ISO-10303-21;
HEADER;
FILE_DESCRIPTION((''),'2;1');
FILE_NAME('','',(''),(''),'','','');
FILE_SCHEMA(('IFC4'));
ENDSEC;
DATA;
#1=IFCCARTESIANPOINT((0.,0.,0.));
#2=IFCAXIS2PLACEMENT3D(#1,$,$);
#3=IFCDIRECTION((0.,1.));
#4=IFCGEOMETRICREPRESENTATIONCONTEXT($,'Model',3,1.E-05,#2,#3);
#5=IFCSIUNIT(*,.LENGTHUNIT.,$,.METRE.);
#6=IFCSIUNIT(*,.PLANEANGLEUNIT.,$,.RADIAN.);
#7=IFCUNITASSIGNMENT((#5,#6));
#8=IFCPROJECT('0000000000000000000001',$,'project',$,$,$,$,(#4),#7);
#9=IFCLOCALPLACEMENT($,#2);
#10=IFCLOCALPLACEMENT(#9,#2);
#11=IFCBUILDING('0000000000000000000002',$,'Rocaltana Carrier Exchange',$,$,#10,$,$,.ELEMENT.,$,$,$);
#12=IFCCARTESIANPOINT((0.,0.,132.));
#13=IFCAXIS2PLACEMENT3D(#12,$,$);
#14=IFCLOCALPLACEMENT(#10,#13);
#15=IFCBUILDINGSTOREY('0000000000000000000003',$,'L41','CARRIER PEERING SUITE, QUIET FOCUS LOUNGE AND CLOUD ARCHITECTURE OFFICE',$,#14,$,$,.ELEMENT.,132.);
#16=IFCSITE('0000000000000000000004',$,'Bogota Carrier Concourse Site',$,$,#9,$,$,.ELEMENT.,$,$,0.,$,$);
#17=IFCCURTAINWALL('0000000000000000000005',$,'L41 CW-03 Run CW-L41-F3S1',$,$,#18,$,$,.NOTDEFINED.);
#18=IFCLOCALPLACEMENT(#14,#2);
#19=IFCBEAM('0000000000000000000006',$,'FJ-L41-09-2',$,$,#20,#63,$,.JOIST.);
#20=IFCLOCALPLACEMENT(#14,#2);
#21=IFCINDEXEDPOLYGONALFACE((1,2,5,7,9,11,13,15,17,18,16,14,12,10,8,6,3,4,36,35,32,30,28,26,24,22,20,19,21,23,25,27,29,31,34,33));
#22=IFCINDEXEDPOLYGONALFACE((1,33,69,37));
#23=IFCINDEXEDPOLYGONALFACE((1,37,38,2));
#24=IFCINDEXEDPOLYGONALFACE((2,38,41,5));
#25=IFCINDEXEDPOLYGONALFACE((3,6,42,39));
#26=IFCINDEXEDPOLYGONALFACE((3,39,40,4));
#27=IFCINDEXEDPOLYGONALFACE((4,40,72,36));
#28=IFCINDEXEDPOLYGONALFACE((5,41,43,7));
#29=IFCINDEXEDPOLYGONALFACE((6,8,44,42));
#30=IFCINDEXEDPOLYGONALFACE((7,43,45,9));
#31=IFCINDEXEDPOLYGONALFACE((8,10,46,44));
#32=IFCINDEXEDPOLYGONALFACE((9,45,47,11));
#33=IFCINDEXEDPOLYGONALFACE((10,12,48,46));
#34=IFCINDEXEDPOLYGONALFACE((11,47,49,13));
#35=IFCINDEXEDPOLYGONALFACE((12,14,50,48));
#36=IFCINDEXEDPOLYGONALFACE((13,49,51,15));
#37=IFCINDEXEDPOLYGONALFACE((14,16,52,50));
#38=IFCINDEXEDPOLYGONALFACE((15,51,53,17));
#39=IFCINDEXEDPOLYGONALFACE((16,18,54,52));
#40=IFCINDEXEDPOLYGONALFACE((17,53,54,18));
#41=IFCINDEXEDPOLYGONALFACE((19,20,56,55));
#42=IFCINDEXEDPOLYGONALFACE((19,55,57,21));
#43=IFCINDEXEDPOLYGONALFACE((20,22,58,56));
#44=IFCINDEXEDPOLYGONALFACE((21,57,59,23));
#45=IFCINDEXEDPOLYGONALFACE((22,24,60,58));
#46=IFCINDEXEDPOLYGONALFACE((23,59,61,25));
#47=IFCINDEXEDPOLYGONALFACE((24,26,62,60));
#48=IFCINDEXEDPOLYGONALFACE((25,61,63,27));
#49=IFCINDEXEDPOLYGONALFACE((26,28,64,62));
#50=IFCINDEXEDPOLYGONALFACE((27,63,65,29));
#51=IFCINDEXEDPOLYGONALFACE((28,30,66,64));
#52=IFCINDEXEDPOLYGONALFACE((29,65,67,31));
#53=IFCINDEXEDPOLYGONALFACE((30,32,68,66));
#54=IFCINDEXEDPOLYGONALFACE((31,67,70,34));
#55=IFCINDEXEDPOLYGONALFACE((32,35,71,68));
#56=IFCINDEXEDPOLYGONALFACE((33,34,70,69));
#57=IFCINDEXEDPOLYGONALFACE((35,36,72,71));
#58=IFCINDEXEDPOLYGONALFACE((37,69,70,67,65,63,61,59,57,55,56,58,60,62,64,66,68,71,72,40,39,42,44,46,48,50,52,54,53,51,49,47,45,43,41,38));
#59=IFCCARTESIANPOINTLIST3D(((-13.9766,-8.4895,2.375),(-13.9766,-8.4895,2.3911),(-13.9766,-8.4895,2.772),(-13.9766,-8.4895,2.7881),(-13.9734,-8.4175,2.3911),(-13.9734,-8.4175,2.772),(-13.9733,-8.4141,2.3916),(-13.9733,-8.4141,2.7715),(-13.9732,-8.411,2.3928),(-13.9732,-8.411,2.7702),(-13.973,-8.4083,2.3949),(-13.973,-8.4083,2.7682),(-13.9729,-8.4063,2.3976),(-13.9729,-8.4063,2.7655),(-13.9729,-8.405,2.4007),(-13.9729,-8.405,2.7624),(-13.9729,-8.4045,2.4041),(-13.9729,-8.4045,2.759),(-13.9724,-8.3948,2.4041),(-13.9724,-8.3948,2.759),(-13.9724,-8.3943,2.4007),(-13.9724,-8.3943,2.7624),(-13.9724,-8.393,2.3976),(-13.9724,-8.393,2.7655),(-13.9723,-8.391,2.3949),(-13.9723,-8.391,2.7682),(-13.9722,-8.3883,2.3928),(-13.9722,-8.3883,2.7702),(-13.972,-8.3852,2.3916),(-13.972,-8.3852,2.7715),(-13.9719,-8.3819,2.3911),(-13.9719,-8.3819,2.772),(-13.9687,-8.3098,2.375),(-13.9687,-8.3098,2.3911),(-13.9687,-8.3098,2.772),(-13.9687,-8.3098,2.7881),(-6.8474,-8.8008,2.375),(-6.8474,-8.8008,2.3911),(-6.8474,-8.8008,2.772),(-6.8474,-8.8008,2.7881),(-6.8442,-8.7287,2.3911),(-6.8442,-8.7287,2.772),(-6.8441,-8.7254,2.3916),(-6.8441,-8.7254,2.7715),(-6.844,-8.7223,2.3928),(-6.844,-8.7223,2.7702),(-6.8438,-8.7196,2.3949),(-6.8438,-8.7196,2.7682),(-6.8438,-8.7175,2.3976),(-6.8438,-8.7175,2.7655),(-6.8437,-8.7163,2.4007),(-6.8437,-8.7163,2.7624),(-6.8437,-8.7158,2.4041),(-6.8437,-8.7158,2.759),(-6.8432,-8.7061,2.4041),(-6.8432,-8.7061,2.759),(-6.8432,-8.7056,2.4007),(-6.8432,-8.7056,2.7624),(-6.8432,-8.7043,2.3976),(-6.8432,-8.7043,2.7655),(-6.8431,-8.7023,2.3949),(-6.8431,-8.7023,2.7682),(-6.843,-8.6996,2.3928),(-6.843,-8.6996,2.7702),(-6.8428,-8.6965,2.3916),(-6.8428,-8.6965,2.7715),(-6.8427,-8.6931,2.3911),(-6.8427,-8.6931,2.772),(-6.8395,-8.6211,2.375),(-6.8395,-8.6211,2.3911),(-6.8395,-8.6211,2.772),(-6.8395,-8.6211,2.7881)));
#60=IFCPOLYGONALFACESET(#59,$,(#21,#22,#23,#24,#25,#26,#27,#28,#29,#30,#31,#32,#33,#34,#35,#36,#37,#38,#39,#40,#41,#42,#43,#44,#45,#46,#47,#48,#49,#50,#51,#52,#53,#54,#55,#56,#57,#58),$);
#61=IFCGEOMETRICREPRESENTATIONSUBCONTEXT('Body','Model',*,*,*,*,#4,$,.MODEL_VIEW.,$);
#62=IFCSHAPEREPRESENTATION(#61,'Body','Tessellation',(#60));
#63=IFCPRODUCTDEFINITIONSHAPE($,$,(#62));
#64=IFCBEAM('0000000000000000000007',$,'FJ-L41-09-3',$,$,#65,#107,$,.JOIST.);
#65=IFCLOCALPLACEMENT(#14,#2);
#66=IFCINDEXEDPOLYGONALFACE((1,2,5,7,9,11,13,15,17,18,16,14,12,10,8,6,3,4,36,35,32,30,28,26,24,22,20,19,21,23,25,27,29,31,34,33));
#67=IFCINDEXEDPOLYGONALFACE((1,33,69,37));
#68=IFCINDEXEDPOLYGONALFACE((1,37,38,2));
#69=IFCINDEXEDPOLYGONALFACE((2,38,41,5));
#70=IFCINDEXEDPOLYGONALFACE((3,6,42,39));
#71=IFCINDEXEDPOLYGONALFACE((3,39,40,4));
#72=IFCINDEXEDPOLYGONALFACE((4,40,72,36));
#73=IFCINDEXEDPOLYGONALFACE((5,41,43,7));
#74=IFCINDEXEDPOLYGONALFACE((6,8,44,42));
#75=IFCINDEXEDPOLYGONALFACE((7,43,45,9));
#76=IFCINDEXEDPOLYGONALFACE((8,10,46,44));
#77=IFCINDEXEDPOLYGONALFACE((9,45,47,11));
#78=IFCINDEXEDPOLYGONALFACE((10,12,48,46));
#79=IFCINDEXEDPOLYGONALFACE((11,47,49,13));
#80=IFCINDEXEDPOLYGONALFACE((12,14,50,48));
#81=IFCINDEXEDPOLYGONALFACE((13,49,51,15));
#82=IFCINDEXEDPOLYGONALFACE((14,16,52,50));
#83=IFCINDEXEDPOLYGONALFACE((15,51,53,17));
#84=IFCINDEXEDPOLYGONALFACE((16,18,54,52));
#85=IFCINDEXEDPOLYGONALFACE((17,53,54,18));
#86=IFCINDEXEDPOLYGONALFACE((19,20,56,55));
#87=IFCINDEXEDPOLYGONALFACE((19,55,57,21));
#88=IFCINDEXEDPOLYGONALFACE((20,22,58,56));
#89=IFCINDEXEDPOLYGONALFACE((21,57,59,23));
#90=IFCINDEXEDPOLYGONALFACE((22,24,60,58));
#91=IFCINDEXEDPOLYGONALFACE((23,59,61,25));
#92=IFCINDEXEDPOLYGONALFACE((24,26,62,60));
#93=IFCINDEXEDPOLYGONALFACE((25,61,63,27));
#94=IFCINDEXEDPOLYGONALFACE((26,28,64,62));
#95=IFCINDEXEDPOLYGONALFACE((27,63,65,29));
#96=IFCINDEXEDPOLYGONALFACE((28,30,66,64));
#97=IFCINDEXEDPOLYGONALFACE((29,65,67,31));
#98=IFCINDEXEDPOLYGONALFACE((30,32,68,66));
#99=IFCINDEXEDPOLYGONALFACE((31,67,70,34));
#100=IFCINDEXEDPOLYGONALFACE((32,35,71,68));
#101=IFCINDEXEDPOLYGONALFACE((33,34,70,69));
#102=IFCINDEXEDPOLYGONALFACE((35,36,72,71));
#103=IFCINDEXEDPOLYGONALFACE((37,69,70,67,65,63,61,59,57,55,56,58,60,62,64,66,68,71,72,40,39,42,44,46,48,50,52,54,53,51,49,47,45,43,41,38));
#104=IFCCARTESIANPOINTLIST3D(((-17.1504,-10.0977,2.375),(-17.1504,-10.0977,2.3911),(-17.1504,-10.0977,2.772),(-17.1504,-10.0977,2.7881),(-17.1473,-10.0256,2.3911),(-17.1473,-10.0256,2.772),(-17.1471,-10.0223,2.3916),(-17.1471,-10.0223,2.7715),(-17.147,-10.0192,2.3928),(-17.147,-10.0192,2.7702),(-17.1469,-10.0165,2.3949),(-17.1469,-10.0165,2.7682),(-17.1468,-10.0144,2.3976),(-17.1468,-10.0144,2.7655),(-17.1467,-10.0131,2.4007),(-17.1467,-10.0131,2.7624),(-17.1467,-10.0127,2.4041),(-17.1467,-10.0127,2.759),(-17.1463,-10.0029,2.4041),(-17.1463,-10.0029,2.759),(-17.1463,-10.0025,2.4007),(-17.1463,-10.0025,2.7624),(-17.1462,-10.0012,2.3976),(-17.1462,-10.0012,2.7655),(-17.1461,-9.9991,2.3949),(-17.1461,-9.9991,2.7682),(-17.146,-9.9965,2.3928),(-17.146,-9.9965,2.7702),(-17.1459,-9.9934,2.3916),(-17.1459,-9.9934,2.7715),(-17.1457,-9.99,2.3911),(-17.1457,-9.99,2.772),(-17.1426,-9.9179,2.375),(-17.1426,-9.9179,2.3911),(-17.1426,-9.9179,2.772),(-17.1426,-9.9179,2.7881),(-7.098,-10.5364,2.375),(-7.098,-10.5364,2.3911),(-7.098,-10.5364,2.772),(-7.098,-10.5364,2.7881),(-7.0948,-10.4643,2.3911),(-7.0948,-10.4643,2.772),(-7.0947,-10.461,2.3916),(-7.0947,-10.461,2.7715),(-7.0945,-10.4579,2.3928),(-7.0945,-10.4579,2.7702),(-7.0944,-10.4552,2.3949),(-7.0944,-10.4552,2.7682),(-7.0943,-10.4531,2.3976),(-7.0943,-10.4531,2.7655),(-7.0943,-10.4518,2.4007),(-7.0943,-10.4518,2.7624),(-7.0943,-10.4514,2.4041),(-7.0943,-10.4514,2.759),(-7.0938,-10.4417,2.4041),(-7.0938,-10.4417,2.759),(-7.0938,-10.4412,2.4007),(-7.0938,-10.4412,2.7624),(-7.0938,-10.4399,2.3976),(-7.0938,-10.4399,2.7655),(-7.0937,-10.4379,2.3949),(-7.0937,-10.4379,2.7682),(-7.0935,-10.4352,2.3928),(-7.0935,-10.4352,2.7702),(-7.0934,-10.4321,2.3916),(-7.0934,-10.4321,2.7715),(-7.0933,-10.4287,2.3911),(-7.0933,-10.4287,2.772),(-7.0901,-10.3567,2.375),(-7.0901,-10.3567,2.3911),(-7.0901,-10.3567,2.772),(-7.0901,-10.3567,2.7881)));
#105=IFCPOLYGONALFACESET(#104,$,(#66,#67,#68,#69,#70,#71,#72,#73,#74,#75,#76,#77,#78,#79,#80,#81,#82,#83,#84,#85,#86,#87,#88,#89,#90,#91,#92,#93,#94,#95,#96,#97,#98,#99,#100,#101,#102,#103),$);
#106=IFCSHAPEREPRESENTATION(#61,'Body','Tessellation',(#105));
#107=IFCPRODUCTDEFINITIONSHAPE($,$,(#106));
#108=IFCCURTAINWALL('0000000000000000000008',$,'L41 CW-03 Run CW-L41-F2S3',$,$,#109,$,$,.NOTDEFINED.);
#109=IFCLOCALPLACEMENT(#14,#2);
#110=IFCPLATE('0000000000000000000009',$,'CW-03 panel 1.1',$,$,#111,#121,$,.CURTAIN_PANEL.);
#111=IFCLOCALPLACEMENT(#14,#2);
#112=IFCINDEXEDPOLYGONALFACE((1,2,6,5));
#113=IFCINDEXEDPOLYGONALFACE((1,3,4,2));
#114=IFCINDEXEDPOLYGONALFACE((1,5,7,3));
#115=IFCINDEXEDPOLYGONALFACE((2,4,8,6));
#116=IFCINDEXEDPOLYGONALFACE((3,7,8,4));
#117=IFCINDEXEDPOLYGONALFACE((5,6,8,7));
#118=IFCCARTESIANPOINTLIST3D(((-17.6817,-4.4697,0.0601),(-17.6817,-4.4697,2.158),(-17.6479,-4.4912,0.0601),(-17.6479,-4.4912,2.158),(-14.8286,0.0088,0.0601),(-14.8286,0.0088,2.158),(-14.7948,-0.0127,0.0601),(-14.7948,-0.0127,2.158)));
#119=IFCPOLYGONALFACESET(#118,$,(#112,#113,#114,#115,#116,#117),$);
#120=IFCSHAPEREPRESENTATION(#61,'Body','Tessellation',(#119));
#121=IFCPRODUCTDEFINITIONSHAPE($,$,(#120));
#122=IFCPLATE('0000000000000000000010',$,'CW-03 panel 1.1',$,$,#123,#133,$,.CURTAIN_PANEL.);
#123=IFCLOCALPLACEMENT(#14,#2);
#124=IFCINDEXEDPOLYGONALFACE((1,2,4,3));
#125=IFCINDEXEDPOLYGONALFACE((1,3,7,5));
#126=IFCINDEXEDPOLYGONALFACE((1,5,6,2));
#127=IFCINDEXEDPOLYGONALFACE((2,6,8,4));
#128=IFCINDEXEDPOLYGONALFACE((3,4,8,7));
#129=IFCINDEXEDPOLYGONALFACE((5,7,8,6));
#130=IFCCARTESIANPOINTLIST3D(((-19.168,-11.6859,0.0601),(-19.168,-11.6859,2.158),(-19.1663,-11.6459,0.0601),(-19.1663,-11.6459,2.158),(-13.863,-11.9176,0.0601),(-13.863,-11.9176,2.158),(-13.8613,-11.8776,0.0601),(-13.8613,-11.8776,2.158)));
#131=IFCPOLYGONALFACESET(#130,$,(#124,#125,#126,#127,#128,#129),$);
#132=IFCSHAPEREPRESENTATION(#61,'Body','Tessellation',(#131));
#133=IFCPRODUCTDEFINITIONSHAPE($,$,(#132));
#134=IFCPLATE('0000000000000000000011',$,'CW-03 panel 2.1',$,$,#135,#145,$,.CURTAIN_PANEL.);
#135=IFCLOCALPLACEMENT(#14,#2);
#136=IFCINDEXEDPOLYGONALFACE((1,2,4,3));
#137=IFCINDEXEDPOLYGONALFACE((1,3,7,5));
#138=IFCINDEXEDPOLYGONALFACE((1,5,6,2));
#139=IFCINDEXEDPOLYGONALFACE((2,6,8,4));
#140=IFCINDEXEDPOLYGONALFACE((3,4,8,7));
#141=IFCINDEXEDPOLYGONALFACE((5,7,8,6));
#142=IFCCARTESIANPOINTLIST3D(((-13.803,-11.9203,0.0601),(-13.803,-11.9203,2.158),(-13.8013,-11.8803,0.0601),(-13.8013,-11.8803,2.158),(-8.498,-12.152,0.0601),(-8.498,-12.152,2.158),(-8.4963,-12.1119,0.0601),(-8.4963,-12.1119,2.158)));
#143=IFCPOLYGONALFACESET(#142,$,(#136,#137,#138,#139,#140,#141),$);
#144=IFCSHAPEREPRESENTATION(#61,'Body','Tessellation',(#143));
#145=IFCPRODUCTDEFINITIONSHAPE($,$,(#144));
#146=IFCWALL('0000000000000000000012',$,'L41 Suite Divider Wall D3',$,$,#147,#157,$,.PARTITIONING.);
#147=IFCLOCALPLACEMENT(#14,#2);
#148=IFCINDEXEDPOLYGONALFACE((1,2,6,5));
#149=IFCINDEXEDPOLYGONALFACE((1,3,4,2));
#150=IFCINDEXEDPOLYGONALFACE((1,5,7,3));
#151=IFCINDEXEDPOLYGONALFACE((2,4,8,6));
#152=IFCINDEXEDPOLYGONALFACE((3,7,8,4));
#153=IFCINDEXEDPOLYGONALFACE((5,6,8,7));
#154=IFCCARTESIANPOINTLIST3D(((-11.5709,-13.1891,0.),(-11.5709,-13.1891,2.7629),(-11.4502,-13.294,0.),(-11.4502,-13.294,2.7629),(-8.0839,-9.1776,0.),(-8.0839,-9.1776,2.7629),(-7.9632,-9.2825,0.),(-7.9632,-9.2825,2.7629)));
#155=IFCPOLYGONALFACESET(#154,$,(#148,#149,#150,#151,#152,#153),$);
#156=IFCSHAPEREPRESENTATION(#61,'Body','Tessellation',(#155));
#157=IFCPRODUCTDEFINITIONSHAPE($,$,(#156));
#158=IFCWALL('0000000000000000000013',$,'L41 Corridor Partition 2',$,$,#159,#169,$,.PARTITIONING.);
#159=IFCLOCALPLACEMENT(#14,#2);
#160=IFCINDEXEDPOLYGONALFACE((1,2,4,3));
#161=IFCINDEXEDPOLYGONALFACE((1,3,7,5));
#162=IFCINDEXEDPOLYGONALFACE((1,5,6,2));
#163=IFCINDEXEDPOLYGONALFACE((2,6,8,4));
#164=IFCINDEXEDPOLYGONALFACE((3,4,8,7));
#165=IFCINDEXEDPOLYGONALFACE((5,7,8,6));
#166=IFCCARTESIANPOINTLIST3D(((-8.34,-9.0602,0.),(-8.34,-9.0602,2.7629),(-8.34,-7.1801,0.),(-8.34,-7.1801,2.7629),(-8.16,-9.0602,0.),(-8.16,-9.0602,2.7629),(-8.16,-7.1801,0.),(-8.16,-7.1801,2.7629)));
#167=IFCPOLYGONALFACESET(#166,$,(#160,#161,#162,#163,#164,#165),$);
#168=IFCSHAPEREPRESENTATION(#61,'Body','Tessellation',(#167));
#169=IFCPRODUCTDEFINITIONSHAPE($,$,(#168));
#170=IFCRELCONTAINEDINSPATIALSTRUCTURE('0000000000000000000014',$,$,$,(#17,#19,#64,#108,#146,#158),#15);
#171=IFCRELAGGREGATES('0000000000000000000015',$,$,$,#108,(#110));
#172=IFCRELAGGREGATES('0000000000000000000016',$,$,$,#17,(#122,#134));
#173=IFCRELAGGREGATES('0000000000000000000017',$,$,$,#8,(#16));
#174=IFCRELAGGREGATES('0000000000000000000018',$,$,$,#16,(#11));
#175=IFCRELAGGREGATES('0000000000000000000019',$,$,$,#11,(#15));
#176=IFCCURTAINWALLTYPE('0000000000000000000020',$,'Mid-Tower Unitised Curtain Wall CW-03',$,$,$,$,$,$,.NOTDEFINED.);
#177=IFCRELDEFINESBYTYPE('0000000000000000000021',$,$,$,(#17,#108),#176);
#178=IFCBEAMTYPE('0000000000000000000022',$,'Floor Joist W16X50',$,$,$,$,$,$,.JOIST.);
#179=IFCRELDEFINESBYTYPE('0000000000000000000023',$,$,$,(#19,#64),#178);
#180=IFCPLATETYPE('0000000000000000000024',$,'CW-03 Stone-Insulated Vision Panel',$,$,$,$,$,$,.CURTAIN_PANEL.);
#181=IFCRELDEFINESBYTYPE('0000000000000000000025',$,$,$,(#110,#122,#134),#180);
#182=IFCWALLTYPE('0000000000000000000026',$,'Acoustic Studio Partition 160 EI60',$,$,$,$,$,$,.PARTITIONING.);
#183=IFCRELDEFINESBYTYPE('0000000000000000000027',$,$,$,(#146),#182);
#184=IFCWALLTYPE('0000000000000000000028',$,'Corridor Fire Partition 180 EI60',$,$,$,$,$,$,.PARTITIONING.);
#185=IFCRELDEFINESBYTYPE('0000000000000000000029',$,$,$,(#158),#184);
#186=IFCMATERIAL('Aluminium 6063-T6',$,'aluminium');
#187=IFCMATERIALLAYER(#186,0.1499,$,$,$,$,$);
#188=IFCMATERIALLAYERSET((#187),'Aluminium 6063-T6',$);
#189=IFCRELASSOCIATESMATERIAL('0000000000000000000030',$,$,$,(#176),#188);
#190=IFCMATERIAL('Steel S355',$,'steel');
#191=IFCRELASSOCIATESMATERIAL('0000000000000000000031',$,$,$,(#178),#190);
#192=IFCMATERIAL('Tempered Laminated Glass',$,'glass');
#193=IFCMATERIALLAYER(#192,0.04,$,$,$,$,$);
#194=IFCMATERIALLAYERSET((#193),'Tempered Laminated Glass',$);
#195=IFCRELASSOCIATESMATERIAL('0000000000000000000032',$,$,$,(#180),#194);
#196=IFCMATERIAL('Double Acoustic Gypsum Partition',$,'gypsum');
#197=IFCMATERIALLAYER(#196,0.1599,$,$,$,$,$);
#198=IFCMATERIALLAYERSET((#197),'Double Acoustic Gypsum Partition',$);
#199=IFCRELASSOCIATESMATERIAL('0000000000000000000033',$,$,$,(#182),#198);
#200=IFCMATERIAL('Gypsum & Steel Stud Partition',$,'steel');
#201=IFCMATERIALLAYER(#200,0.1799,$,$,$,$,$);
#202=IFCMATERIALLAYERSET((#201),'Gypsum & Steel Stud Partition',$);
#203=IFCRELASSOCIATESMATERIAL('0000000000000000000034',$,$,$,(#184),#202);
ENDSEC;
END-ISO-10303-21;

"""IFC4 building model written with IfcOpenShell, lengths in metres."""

from ifc_helpers import new_model, si_unit, direction, frame, frame_2d, origin, origin_2d, place, context, subcontext, project, spatial, rectangle, i_section, extrude, material, layer, layer_set, material_profile, profile_set, type_object, element, aggregate, save


model = new_model("IFC4")

# Units and contexts
model_context = context("Model", 3, precision=1e-05, world=origin(), true_north=direction((0.0, 1.0)))
body_context = subcontext(model_context, "Body", "Model", "MODEL_VIEW")
ifc_project = project(units=[si_unit("LENGTHUNIT", "METRE"), si_unit("PLANEANGLEUNIT", "RADIAN")], contexts=[model_context])

# Site, building, storey
site_placement = place(None, origin())
site = spatial("IfcSite", under=ifc_project, at=site_placement, Name="Bogota Carrier Concourse Site", CompositionType="ELEMENT", RefElevation=0.0)
building_placement = place(site_placement, origin())
building = spatial("IfcBuilding", under=site, at=building_placement, Name="Rocaltana Carrier Exchange", CompositionType="ELEMENT")
storey_placement = place(building_placement, frame((0.0, 0.0, 132.0)))
storey = spatial("IfcBuildingStorey", under=building, at=storey_placement, Name="L41", Description="CARRIER PEERING SUITE, QUIET FOCUS LOUNGE AND CLOUD ARCHITECTURE OFFICE", CompositionType="ELEMENT", Elevation=132.0)

# Curtain wall
ifc_material_1 = material(Name="Aluminium 6063-T6", Category="aluminium")
ifc_layer_1 = layer(ifc_material_1, 0.1499)
ifc_layer_set_1 = layer_set([ifc_layer_1], Name="Aluminium 6063-T6")
curtain_wall_type = type_object("IfcCurtainWallType", Name="Mid-Tower Unitised Curtain Wall CW-03", PredefinedType="NOTDEFINED", material=ifc_layer_set_1)
curtain_wall_1_placement = place(storey_placement, origin())
curtain_wall_1 = element("IfcCurtainWall", 1, at=curtain_wall_1_placement, inside=storey, type_object=curtain_wall_type, Name="L41 CW-03 Run CW-L41-F3S1", PredefinedType="NOTDEFINED")

# Beams
ifc_material_2 = material(Name="Steel S355", Category="steel")
ifc_material_profile_1 = material_profile(ifc_material_2, i_section(OverallWidth=0.1799, OverallDepth=0.4131, WebThickness=0.0098, FlangeThickness=0.0161, FilletRadius=0.0129, at=origin_2d()), Name="W16X50")
ifc_profile_set_1 = profile_set([ifc_material_profile_1], Name="Steel S355")
beam_type = type_object("IfcBeamType", Name="Floor Joist W16X50", PredefinedType="JOIST", material=ifc_profile_set_1)
beam_1_placement = place(storey_placement, frame((-13.9727, -8.3997, 2.5815), z_axis=(0.999048, -0.043621, 0.0), x_axis=(0.043621, 0.999048, 0.0)))
element("IfcBeam", 2, at=beam_1_placement, inside=storey, type_object=beam_type, Name="FJ-L41-09-2", PredefinedType="JOIST", context=body_context, shape_type="SweptSolid", body=[
    extrude(i_section(OverallWidth=0.1799, OverallDepth=0.4131, WebThickness=0.0098, FlangeThickness=0.0161, FilletRadius=0.0129, at=origin_2d()), origin(), (0.0, 0.0, 1.0), 7.136),
])
beam_2_placement = place(storey_placement, frame((-17.1465, -10.0078, 2.5815), z_axis=(0.999049, -0.043601, 0.0), x_axis=(0.043601, 0.999049, 0.0)))
element("IfcBeam", 3, at=beam_2_placement, inside=storey, type_object=beam_type, Name="FJ-L41-09-3", PredefinedType="JOIST", context=body_context, shape_type="SweptSolid", body=[
    extrude(i_section(OverallWidth=0.1799, OverallDepth=0.4131, WebThickness=0.0098, FlangeThickness=0.0161, FilletRadius=0.0129, at=origin_2d()), origin(), (0.0, 0.0, 1.0), 10.062),
])

# Curtain wall, plate
curtain_wall_2_placement = place(storey_placement, origin())
curtain_wall_2 = element("IfcCurtainWall", 4, at=curtain_wall_2_placement, inside=storey, type_object=curtain_wall_type, Name="L41 CW-03 Run CW-L41-F2S3", PredefinedType="NOTDEFINED")
ifc_material_3 = material(Name="Tempered Laminated Glass", Category="glass")
ifc_layer_2 = layer(ifc_material_3, 0.04)
ifc_layer_set_2 = layer_set([ifc_layer_2], Name="Tempered Laminated Glass")
plate_type = type_object("IfcPlateType", Name="CW-03 Stone-Insulated Vision Panel", PredefinedType="CURTAIN_PANEL", material=ifc_layer_set_2)
plate_1_placement = place(storey_placement, frame((-16.2383, -2.2412, 0.0601), z_axis=(0.0, 0.0, 1.0), x_axis=(-0.537301, -0.843391, 0.0)))
plate_1 = element("IfcPlate", 5, at=plate_1_placement, type_object=plate_type, Name="CW-03 panel 1.1", PredefinedType="CURTAIN_PANEL", context=body_context, shape_type="SweptSolid", body=[
    extrude(rectangle(XDim=5.3101, YDim=0.04, at=origin_2d()), origin(), (0.0, 0.0, 1.0), 2.0979),
])
aggregate(curtain_wall_2, [plate_1])

# Plates
plate_2_placement = place(storey_placement, frame((-16.5146, -11.7817, 0.0601), z_axis=(0.0, 0.0, 1.0), x_axis=(0.999048, -0.043629, 0.0)))
plate_2 = element("IfcPlate", 6, at=plate_2_placement, type_object=plate_type, Name="CW-03 panel 1.1", PredefinedType="CURTAIN_PANEL", context=body_context, shape_type="SweptSolid", body=[
    extrude(rectangle(XDim=5.3101, YDim=0.04, at=origin_2d()), origin(), (0.0, 0.0, 1.0), 2.0979),
])
plate_3_placement = place(storey_placement, frame((-11.1497, -12.0161, 0.0601), z_axis=(0.0, 0.0, 1.0), x_axis=(0.999048, -0.043629, 0.0)))
plate_3 = element("IfcPlate", 7, at=plate_3_placement, type_object=plate_type, Name="CW-03 panel 2.1", PredefinedType="CURTAIN_PANEL", context=body_context, shape_type="SweptSolid", body=[
    extrude(rectangle(XDim=5.3101, YDim=0.04, at=origin_2d()), origin(), (0.0, 0.0, 1.0), 2.0979),
])
aggregate(curtain_wall_1, [plate_2, plate_3])

# Walls
ifc_material_4 = material(Name="Double Acoustic Gypsum Partition", Category="gypsum")
ifc_layer_3 = layer(ifc_material_4, 0.1599)
ifc_layer_set_3 = layer_set([ifc_layer_3], Name="Double Acoustic Gypsum Partition")
wall_type_1 = type_object("IfcWallType", Name="Acoustic Studio Partition 160 EI60", PredefinedType="PARTITIONING", material=ifc_layer_set_3)
wall_1_placement = place(storey_placement, frame((-8.0234, -9.23, 0.0), z_axis=(0.0, 0.0, 1.0), x_axis=(-0.656052, -0.754715, 0.0)))
element("IfcWall", 8, at=wall_1_placement, inside=storey, type_object=wall_type_1, Name="L41 Suite Divider Wall D3", PredefinedType="PARTITIONING", context=body_context, shape_type="SweptSolid", body=[
    extrude(rectangle(XDim=5.3152, YDim=0.1599, at=frame_2d((2.6577, 0.0))), origin(), (0.0, 0.0, 1.0), 2.7629),
])
ifc_material_5 = material(Name="Gypsum & Steel Stud Partition", Category="steel")
ifc_layer_4 = layer(ifc_material_5, 0.1799)
ifc_layer_set_4 = layer_set([ifc_layer_4], Name="Gypsum & Steel Stud Partition")
wall_type_2 = type_object("IfcWallType", Name="Corridor Fire Partition 180 EI60", PredefinedType="PARTITIONING", material=ifc_layer_set_4)
wall_2_placement = place(storey_placement, frame((-8.25, -9.0601, 0.0), z_axis=(0.0, 0.0, 1.0), x_axis=(0.0, 1.0, 0.0)))
element("IfcWall", 9, at=wall_2_placement, inside=storey, type_object=wall_type_2, Name="L41 Corridor Partition 2", PredefinedType="PARTITIONING", context=body_context, shape_type="SweptSolid", body=[
    extrude(rectangle(XDim=1.8801, YDim=0.1799, at=frame_2d((0.9399, 0.0))), origin(), (0.0, 0.0, 1.0), 2.7629),
])

save(model, "model.ifc")
